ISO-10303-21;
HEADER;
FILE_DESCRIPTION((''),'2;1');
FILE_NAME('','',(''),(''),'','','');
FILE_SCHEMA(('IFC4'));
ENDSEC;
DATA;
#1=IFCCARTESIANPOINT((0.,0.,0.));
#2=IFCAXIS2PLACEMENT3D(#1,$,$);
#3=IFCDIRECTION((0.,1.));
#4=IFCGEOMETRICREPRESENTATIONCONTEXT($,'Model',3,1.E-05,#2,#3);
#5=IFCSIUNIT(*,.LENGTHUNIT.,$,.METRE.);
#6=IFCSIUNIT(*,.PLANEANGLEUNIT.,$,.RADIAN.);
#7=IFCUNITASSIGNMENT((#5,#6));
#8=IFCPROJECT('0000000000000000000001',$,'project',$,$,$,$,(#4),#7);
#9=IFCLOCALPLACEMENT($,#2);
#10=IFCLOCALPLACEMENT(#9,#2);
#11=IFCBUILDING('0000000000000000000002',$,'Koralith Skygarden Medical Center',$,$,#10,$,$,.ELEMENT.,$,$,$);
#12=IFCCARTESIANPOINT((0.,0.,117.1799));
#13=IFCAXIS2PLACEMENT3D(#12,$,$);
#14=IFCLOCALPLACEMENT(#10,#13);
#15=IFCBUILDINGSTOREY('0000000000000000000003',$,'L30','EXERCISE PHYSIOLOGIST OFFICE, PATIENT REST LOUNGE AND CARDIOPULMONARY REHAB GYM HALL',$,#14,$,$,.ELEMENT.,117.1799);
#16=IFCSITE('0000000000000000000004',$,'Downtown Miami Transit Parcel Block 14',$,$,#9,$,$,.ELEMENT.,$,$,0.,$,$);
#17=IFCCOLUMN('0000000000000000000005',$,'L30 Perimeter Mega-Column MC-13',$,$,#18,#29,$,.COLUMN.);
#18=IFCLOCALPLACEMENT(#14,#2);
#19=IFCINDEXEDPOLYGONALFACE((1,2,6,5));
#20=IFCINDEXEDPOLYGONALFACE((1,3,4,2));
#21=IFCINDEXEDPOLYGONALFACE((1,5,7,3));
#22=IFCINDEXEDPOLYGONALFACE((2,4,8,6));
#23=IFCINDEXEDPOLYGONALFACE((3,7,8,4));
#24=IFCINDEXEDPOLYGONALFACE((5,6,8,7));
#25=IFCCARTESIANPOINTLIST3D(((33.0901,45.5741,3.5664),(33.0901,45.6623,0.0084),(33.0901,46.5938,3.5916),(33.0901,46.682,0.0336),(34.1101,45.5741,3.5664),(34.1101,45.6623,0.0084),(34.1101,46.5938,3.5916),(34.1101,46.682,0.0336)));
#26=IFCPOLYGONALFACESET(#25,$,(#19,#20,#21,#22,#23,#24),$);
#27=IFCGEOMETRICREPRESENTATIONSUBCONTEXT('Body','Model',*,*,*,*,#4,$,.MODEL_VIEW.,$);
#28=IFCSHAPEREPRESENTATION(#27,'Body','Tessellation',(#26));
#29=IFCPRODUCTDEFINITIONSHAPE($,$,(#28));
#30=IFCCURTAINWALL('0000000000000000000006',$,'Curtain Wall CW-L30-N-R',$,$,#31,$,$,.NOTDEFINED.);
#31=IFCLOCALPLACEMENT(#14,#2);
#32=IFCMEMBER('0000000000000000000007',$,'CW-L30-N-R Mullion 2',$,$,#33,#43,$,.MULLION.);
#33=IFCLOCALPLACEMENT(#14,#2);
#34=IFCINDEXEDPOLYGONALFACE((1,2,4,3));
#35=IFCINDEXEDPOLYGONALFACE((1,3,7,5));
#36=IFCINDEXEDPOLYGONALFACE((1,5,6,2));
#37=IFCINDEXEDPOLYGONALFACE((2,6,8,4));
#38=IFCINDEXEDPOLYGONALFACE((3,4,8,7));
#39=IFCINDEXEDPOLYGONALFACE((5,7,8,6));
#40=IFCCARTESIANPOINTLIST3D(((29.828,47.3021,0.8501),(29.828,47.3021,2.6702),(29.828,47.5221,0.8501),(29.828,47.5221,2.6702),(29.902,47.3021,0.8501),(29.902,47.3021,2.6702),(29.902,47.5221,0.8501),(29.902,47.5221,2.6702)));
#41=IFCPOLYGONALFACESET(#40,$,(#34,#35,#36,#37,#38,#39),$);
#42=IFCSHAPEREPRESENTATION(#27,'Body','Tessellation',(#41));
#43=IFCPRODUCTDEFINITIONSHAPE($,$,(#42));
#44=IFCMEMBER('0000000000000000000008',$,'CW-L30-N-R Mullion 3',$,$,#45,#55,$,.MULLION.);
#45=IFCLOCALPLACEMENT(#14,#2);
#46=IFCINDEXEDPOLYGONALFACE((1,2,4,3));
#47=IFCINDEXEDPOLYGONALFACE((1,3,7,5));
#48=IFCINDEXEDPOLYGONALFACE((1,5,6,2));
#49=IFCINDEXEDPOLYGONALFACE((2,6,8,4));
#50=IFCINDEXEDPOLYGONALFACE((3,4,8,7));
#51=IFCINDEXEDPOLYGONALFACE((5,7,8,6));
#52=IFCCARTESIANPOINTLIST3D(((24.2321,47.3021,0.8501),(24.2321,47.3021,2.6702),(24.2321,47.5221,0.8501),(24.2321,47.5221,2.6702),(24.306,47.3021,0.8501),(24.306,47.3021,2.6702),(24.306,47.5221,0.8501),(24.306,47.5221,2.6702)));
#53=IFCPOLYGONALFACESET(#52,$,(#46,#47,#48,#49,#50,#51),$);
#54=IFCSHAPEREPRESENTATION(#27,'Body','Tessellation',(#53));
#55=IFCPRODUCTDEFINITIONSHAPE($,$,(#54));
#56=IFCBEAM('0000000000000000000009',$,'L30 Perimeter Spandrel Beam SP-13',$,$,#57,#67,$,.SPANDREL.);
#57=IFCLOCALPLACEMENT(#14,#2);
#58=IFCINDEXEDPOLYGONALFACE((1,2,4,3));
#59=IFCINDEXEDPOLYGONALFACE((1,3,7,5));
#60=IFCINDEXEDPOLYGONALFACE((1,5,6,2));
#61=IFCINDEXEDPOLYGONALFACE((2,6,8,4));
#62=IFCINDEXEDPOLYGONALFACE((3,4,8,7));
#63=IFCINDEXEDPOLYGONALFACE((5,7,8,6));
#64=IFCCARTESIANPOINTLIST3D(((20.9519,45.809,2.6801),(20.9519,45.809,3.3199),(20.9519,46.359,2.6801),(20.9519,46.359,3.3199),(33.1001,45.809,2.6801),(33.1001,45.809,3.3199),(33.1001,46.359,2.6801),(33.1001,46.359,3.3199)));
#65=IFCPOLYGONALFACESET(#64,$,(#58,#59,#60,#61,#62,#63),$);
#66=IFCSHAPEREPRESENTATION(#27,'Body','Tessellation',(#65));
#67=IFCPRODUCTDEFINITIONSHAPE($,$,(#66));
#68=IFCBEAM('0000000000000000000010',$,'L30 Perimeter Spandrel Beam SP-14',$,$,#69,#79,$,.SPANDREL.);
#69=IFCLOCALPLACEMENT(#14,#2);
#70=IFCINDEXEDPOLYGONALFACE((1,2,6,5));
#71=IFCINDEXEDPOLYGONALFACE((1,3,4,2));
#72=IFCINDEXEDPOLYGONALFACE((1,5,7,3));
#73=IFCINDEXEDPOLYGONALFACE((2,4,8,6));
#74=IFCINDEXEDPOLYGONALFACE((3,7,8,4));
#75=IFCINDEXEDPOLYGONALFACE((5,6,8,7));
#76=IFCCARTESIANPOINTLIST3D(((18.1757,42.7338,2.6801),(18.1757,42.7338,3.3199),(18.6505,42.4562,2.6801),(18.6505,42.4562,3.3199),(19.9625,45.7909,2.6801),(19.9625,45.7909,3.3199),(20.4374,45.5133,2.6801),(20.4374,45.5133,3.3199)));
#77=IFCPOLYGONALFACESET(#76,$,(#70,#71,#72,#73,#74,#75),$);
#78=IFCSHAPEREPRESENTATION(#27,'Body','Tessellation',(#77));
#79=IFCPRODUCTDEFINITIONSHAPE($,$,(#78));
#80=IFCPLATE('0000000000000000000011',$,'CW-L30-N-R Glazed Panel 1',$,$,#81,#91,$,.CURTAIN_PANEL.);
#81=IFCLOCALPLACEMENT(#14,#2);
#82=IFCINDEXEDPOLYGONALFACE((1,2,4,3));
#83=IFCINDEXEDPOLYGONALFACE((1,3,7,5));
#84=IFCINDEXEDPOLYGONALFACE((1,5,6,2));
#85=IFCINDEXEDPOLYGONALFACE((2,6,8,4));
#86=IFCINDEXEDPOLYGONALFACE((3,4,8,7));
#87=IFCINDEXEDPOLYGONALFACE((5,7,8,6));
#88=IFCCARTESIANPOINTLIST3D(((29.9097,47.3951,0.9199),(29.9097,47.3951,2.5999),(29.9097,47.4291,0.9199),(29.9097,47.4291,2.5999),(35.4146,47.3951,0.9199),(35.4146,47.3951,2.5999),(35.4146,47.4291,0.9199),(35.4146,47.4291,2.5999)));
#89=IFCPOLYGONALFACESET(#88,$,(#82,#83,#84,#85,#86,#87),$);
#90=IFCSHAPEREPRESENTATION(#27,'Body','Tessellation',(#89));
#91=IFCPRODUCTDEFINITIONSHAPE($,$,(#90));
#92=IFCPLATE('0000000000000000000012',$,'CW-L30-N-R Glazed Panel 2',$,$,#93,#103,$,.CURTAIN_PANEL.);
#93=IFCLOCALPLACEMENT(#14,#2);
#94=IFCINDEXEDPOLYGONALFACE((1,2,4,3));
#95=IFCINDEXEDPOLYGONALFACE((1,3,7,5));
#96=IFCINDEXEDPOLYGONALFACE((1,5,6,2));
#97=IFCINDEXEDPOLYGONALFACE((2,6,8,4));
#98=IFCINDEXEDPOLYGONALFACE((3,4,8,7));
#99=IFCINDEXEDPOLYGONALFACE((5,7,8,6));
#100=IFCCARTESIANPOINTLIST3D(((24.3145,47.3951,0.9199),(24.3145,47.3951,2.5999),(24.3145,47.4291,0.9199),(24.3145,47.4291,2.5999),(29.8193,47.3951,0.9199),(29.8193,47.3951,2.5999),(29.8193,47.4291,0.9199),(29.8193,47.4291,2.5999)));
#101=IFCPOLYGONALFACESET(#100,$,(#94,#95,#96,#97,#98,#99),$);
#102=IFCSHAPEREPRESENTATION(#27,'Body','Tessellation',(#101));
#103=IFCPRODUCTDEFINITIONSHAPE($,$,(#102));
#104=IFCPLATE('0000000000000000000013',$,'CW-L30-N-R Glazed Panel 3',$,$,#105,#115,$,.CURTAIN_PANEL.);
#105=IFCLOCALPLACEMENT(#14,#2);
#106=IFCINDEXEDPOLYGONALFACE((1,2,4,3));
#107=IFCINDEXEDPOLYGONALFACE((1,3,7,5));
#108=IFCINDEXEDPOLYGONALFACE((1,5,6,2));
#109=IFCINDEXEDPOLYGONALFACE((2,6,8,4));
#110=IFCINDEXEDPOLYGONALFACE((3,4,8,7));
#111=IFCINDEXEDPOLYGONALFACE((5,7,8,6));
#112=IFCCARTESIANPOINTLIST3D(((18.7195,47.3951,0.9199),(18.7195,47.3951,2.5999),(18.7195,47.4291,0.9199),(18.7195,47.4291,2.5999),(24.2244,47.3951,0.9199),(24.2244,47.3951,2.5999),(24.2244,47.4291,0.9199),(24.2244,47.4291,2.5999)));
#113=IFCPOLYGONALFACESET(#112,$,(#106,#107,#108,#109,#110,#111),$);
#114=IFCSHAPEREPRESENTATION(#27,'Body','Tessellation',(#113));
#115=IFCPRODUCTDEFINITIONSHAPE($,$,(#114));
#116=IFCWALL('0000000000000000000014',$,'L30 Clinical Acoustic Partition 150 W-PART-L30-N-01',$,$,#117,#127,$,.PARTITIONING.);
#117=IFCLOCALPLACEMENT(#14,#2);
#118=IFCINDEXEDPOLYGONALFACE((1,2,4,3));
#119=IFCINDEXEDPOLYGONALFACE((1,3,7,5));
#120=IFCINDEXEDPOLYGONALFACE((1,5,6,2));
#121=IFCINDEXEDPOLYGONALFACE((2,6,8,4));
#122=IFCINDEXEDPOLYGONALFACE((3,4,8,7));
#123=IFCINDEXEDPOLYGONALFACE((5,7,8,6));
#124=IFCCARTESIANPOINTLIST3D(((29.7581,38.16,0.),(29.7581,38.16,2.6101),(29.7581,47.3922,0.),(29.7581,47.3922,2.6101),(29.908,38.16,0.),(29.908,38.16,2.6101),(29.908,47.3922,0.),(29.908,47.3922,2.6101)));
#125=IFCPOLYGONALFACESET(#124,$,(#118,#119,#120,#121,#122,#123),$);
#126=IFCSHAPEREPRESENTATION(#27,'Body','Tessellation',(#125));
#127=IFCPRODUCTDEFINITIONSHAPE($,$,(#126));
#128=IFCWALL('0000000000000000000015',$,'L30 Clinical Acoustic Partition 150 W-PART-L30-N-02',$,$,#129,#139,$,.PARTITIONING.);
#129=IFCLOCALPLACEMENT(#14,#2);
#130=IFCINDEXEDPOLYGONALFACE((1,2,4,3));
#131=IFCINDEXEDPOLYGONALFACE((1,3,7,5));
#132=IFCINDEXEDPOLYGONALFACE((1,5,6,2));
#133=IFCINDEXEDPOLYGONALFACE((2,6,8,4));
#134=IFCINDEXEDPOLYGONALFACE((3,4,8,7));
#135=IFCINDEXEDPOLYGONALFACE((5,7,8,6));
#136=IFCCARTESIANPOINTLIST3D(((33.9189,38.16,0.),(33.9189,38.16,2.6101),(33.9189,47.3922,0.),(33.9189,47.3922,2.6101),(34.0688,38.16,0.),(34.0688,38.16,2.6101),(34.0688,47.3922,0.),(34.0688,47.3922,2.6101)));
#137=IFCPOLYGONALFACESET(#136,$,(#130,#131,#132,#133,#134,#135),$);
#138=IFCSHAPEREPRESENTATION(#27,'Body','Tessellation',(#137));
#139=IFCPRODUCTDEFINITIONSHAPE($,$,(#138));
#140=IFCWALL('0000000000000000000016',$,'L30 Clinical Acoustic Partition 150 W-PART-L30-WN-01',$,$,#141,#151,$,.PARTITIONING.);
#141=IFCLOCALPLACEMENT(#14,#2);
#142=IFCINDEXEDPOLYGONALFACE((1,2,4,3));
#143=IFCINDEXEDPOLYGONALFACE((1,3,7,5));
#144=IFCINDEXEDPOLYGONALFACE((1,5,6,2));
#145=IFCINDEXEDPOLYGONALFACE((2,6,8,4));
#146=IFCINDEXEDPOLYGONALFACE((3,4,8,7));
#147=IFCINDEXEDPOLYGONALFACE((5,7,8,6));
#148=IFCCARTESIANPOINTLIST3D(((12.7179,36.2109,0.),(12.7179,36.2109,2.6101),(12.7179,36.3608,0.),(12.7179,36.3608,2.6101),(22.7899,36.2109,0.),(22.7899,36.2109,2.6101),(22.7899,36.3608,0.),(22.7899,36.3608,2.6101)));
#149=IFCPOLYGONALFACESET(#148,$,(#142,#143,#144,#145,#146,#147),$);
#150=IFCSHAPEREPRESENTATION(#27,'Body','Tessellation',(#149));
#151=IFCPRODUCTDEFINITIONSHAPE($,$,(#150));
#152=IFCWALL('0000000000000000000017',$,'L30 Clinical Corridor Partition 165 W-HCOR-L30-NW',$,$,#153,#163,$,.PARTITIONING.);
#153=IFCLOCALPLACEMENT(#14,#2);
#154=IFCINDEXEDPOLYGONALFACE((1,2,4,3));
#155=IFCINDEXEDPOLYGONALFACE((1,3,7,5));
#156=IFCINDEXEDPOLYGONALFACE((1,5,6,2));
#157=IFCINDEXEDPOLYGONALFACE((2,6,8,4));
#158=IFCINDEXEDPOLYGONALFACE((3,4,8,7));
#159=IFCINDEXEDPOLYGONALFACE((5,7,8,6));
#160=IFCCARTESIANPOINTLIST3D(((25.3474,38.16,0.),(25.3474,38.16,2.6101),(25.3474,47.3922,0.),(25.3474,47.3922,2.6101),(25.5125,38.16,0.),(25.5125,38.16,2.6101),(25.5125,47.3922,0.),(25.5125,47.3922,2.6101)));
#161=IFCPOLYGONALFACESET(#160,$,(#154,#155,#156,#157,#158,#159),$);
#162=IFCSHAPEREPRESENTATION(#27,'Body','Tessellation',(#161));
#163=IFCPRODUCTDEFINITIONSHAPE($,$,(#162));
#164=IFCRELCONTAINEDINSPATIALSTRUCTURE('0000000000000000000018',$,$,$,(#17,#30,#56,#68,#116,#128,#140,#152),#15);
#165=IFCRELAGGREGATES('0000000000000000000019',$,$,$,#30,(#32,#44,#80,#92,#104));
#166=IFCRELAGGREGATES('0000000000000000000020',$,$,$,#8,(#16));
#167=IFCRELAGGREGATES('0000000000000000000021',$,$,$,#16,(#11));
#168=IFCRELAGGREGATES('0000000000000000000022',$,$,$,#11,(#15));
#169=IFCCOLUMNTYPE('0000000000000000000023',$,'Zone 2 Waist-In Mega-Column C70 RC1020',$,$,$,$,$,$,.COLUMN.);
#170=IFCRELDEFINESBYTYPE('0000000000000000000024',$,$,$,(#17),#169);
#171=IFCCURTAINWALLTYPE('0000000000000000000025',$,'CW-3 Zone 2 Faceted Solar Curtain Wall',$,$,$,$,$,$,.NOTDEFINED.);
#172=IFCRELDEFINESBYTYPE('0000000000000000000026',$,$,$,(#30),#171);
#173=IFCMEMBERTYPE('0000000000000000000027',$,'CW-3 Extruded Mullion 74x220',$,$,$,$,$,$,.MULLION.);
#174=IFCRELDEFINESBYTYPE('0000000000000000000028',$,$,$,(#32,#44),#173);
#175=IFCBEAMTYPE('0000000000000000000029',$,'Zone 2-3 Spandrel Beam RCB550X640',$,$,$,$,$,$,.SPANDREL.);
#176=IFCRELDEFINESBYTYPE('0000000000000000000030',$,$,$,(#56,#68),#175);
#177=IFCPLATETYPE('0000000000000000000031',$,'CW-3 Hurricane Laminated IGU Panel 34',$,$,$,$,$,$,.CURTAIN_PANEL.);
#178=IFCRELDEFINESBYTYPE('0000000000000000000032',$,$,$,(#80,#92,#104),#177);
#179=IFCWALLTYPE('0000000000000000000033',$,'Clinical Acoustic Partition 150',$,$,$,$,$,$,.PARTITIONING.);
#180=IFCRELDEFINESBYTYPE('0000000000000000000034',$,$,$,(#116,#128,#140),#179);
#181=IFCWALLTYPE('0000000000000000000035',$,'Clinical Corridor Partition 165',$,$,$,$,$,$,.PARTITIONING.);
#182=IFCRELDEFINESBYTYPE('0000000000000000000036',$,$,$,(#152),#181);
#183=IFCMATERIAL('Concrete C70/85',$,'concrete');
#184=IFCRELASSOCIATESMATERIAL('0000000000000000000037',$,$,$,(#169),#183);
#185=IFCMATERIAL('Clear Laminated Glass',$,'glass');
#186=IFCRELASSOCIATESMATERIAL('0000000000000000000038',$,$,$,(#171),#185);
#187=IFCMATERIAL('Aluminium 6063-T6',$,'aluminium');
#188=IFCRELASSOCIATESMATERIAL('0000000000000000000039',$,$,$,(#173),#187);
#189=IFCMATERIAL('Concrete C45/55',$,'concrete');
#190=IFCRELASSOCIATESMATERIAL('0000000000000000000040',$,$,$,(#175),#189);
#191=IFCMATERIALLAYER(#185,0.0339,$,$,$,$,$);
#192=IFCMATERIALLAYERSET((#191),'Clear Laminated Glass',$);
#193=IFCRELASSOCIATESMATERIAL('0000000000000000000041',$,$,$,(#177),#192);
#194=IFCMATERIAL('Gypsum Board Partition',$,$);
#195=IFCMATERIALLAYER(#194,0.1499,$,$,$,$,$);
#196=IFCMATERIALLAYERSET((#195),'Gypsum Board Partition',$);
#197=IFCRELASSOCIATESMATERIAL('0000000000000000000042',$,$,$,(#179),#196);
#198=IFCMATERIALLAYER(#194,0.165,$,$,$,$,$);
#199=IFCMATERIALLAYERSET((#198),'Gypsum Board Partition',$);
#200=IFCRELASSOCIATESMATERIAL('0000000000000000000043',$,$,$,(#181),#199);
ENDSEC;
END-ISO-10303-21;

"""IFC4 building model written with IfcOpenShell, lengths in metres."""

from ifc_helpers import new_model, si_unit, direction, frame, frame_2d, origin, origin_2d, place, context, subcontext, project, spatial, rectangle, extrude, material, layer, layer_set, material_profile, profile_set, type_object, element, aggregate, save


model = new_model("IFC4")

# Units and contexts
model_context = context("Model", 3, precision=1e-05, world=origin(), true_north=direction((0.0, 1.0)))
body_context = subcontext(model_context, "Body", "Model", "MODEL_VIEW")
ifc_project = project(units=[si_unit("LENGTHUNIT", "METRE"), si_unit("PLANEANGLEUNIT", "RADIAN")], contexts=[model_context])

# Site, building, storey
site_placement = place(None, origin())
site = spatial("IfcSite", under=ifc_project, at=site_placement, Name="Downtown Miami Transit Parcel Block 14", CompositionType="ELEMENT", RefElevation=0.0)
building_placement = place(site_placement, origin())
building = spatial("IfcBuilding", under=site, at=building_placement, Name="Koralith Skygarden Medical Center", CompositionType="ELEMENT")
storey_placement = place(building_placement, frame((0.0, 0.0, 117.1799)))
storey = spatial("IfcBuildingStorey", under=building, at=storey_placement, Name="L30", Description="EXERCISE PHYSIOLOGIST OFFICE, PATIENT REST LOUNGE AND CARDIOPULMONARY REHAB GYM HALL", CompositionType="ELEMENT", Elevation=117.1799)

# Column
ifc_material_1 = material(Name="Concrete C70/85", Category="concrete")
ifc_material_profile_1 = material_profile(ifc_material_1, rectangle(XDim=1.02, YDim=1.02, at=origin_2d()), Name="RC1020X1020")
ifc_profile_set_1 = profile_set([ifc_material_profile_1], Name="Concrete C70/85")
column_type = type_object("IfcColumnType", Name="Zone 2 Waist-In Mega-Column C70 RC1020", PredefinedType="COLUMN", material=ifc_profile_set_1)
column_placement = place(storey_placement, frame((33.6001, 46.1721, 0.021), z_axis=(0.0, -0.024763, 0.999693), x_axis=(1.0, 0.0, 0.0)))
element("IfcColumn", 1, at=column_placement, inside=storey, type_object=column_type, Name="L30 Perimeter Mega-Column MC-13", PredefinedType="COLUMN", context=body_context, shape_type="SweptSolid", body=[
    extrude(rectangle(XDim=1.02, YDim=1.02, at=origin_2d()), origin(), (0.0, 0.0, 1.0), 3.5591),
])

# Curtain wall, members
ifc_material_2 = material(Name="Clear Laminated Glass", Category="glass")
curtain_wall_type = type_object("IfcCurtainWallType", Name="CW-3 Zone 2 Faceted Solar Curtain Wall", PredefinedType="NOTDEFINED", material=ifc_material_2)
curtain_wall_placement = place(storey_placement, origin())
curtain_wall = element("IfcCurtainWall", 2, at=curtain_wall_placement, inside=storey, type_object=curtain_wall_type, Name="Curtain Wall CW-L30-N-R", PredefinedType="NOTDEFINED")
ifc_material_3 = material(Name="Aluminium 6063-T6", Category="aluminium")
ifc_material_profile_2 = material_profile(ifc_material_3, rectangle(XDim=0.074, YDim=0.22, at=origin_2d()), Name="MUL74X220")
ifc_profile_set_2 = profile_set([ifc_material_profile_2], Name="Aluminium 6063-T6")
member_type = type_object("IfcMemberType", Name="CW-3 Extruded Mullion 74x220", PredefinedType="MULLION", material=ifc_profile_set_2)
member_1_placement = place(storey_placement, frame((29.865, 47.4121, 0.8501), z_axis=(0.0, 0.0, 1.0), x_axis=(1.0, 0.0, 0.0)))
member_1 = element("IfcMember", 3, at=member_1_placement, type_object=member_type, Name="CW-L30-N-R Mullion 2", PredefinedType="MULLION", context=body_context, shape_type="SweptSolid", body=[
    extrude(rectangle(XDim=0.074, YDim=0.22, at=origin_2d()), origin(), (0.0, 0.0, 1.0), 1.8201),
])
member_2_placement = place(storey_placement, frame((24.269, 47.4121, 0.8501), z_axis=(0.0, 0.0, 1.0), x_axis=(1.0, 0.0, 0.0)))
member_2 = element("IfcMember", 4, at=member_2_placement, type_object=member_type, Name="CW-L30-N-R Mullion 3", PredefinedType="MULLION", context=body_context, shape_type="SweptSolid", body=[
    extrude(rectangle(XDim=0.074, YDim=0.22, at=origin_2d()), origin(), (0.0, 0.0, 1.0), 1.8201),
])

# Beams
ifc_material_4 = material(Name="Concrete C45/55", Category="concrete")
ifc_material_profile_3 = material_profile(ifc_material_4, rectangle(XDim=0.55, YDim=0.6399, at=origin_2d()), Name="RCB550X640")
ifc_profile_set_3 = profile_set([ifc_material_profile_3], Name="Concrete C45/55")
beam_type = type_object("IfcBeamType", Name="Zone 2-3 Spandrel Beam RCB550X640", PredefinedType="SPANDREL", material=ifc_profile_set_3)
beam_1_placement = place(storey_placement, frame((33.1001, 46.084, 3.0), z_axis=(-1.0, 0.0, 0.0), x_axis=(0.0, -1.0, 0.0)))
element("IfcBeam", 5, at=beam_1_placement, inside=storey, type_object=beam_type, Name="L30 Perimeter Spandrel Beam SP-13", PredefinedType="SPANDREL", context=body_context, shape_type="SweptSolid", body=[
    extrude(rectangle(XDim=0.55, YDim=0.6399, at=origin_2d()), origin(), (0.0, 0.0, 1.0), 12.1482),
])
beam_2_placement = place(storey_placement, frame((20.2, 45.6521, 3.0), z_axis=(-0.504617, -0.863343, 0.0), x_axis=(0.863343, -0.504617, 0.0)))
element("IfcBeam", 6, at=beam_2_placement, inside=storey, type_object=beam_type, Name="L30 Perimeter Spandrel Beam SP-14", PredefinedType="SPANDREL", context=body_context, shape_type="SweptSolid", body=[
    extrude(rectangle(XDim=0.55, YDim=0.6399, at=origin_2d()), origin(), (0.0, 0.0, 1.0), 3.541),
])

# Plates
ifc_layer_1 = layer(ifc_material_2, 0.0339)
ifc_layer_set_1 = layer_set([ifc_layer_1], Name="Clear Laminated Glass")
plate_type = type_object("IfcPlateType", Name="CW-3 Hurricane Laminated IGU Panel 34", PredefinedType="CURTAIN_PANEL", material=ifc_layer_set_1)
plate_1_placement = place(storey_placement, frame((32.6621, 47.4121, 0.9199), z_axis=(0.0, 0.0, 1.0), x_axis=(-1.0, 0.0, 0.0)))
plate_1 = element("IfcPlate", 7, at=plate_1_placement, type_object=plate_type, Name="CW-L30-N-R Glazed Panel 1", PredefinedType="CURTAIN_PANEL", context=body_context, shape_type="SweptSolid", body=[
    extrude(rectangle(XDim=5.5049, YDim=0.0339, at=origin_2d()), origin(), (0.0, 0.0, 1.0), 1.6799),
])
plate_2_placement = place(storey_placement, frame((27.0669, 47.4121, 0.9199), z_axis=(0.0, 0.0, 1.0), x_axis=(-1.0, 0.0, 0.0)))
plate_2 = element("IfcPlate", 8, at=plate_2_placement, type_object=plate_type, Name="CW-L30-N-R Glazed Panel 2", PredefinedType="CURTAIN_PANEL", context=body_context, shape_type="SweptSolid", body=[
    extrude(rectangle(XDim=5.5049, YDim=0.0339, at=origin_2d()), origin(), (0.0, 0.0, 1.0), 1.6799),
])
plate_3_placement = place(storey_placement, frame((21.4719, 47.4121, 0.9199), z_axis=(0.0, 0.0, 1.0), x_axis=(-1.0, 0.0, 0.0)))
plate_3 = element("IfcPlate", 9, at=plate_3_placement, type_object=plate_type, Name="CW-L30-N-R Glazed Panel 3", PredefinedType="CURTAIN_PANEL", context=body_context, shape_type="SweptSolid", body=[
    extrude(rectangle(XDim=5.5049, YDim=0.0339, at=origin_2d()), origin(), (0.0, 0.0, 1.0), 1.6799),
])
aggregate(curtain_wall, [member_1, member_2, plate_1, plate_2, plate_3])

# Walls
ifc_material_5 = material(Name="Gypsum Board Partition")
ifc_layer_2 = layer(ifc_material_5, 0.1499)
ifc_layer_set_2 = layer_set([ifc_layer_2], Name="Gypsum Board Partition")
wall_type_1 = type_object("IfcWallType", Name="Clinical Acoustic Partition 150", PredefinedType="PARTITIONING", material=ifc_layer_set_2)
for number, where, z_axis, x_axis, name in (
    (10, (29.833, 38.1599, 0.0), (0.0, 0.0, 1.0), (0.0, 1.0, 0.0), "L30 Clinical Acoustic Partition 150 W-PART-L30-N-01"),
    (11, (33.9939, 38.1599, 0.0), (0.0, 0.0, 1.0), (0.0, 1.0, 0.0), "L30 Clinical Acoustic Partition 150 W-PART-L30-N-02"),
):
    element("IfcWall", number, at=place(storey_placement, frame(where, z_axis=z_axis, x_axis=x_axis)), inside=storey, type_object=wall_type_1, Name=name, PredefinedType="PARTITIONING", context=body_context, shape_type="SweptSolid", body=[
        extrude(rectangle(XDim=9.2322, YDim=0.1499, at=frame_2d((4.6162, 0.0))), origin(), (0.0, 0.0, 1.0), 2.6101),
    ])
wall_1_placement = place(storey_placement, frame((22.79, 36.2859, 0.0), z_axis=(0.0, 0.0, 1.0), x_axis=(-1.0, 0.0, 0.0)))
element("IfcWall", 12, at=wall_1_placement, inside=storey, type_object=wall_type_1, Name="L30 Clinical Acoustic Partition 150 W-PART-L30-WN-01", PredefinedType="PARTITIONING", context=body_context, shape_type="SweptSolid", body=[
    extrude(rectangle(XDim=10.072, YDim=0.1499, at=frame_2d((5.0361, 0.0))), origin(), (0.0, 0.0, 1.0), 2.6101),
])
ifc_layer_3 = layer(ifc_material_5, 0.165)
ifc_layer_set_3 = layer_set([ifc_layer_3], Name="Gypsum Board Partition")
wall_type_2 = type_object("IfcWallType", Name="Clinical Corridor Partition 165", PredefinedType="PARTITIONING", material=ifc_layer_set_3)
wall_2_placement = place(storey_placement, frame((25.4299, 38.1599, 0.0), z_axis=(0.0, 0.0, 1.0), x_axis=(0.0, 1.0, 0.0)))
element("IfcWall", 13, at=wall_2_placement, inside=storey, type_object=wall_type_2, Name="L30 Clinical Corridor Partition 165 W-HCOR-L30-NW", PredefinedType="PARTITIONING", context=body_context, shape_type="SweptSolid", body=[
    extrude(rectangle(XDim=9.2322, YDim=0.165, at=frame_2d((4.6162, 0.0))), origin(), (0.0, 0.0, 1.0), 2.6101),
])

save(model, "model.ifc")
